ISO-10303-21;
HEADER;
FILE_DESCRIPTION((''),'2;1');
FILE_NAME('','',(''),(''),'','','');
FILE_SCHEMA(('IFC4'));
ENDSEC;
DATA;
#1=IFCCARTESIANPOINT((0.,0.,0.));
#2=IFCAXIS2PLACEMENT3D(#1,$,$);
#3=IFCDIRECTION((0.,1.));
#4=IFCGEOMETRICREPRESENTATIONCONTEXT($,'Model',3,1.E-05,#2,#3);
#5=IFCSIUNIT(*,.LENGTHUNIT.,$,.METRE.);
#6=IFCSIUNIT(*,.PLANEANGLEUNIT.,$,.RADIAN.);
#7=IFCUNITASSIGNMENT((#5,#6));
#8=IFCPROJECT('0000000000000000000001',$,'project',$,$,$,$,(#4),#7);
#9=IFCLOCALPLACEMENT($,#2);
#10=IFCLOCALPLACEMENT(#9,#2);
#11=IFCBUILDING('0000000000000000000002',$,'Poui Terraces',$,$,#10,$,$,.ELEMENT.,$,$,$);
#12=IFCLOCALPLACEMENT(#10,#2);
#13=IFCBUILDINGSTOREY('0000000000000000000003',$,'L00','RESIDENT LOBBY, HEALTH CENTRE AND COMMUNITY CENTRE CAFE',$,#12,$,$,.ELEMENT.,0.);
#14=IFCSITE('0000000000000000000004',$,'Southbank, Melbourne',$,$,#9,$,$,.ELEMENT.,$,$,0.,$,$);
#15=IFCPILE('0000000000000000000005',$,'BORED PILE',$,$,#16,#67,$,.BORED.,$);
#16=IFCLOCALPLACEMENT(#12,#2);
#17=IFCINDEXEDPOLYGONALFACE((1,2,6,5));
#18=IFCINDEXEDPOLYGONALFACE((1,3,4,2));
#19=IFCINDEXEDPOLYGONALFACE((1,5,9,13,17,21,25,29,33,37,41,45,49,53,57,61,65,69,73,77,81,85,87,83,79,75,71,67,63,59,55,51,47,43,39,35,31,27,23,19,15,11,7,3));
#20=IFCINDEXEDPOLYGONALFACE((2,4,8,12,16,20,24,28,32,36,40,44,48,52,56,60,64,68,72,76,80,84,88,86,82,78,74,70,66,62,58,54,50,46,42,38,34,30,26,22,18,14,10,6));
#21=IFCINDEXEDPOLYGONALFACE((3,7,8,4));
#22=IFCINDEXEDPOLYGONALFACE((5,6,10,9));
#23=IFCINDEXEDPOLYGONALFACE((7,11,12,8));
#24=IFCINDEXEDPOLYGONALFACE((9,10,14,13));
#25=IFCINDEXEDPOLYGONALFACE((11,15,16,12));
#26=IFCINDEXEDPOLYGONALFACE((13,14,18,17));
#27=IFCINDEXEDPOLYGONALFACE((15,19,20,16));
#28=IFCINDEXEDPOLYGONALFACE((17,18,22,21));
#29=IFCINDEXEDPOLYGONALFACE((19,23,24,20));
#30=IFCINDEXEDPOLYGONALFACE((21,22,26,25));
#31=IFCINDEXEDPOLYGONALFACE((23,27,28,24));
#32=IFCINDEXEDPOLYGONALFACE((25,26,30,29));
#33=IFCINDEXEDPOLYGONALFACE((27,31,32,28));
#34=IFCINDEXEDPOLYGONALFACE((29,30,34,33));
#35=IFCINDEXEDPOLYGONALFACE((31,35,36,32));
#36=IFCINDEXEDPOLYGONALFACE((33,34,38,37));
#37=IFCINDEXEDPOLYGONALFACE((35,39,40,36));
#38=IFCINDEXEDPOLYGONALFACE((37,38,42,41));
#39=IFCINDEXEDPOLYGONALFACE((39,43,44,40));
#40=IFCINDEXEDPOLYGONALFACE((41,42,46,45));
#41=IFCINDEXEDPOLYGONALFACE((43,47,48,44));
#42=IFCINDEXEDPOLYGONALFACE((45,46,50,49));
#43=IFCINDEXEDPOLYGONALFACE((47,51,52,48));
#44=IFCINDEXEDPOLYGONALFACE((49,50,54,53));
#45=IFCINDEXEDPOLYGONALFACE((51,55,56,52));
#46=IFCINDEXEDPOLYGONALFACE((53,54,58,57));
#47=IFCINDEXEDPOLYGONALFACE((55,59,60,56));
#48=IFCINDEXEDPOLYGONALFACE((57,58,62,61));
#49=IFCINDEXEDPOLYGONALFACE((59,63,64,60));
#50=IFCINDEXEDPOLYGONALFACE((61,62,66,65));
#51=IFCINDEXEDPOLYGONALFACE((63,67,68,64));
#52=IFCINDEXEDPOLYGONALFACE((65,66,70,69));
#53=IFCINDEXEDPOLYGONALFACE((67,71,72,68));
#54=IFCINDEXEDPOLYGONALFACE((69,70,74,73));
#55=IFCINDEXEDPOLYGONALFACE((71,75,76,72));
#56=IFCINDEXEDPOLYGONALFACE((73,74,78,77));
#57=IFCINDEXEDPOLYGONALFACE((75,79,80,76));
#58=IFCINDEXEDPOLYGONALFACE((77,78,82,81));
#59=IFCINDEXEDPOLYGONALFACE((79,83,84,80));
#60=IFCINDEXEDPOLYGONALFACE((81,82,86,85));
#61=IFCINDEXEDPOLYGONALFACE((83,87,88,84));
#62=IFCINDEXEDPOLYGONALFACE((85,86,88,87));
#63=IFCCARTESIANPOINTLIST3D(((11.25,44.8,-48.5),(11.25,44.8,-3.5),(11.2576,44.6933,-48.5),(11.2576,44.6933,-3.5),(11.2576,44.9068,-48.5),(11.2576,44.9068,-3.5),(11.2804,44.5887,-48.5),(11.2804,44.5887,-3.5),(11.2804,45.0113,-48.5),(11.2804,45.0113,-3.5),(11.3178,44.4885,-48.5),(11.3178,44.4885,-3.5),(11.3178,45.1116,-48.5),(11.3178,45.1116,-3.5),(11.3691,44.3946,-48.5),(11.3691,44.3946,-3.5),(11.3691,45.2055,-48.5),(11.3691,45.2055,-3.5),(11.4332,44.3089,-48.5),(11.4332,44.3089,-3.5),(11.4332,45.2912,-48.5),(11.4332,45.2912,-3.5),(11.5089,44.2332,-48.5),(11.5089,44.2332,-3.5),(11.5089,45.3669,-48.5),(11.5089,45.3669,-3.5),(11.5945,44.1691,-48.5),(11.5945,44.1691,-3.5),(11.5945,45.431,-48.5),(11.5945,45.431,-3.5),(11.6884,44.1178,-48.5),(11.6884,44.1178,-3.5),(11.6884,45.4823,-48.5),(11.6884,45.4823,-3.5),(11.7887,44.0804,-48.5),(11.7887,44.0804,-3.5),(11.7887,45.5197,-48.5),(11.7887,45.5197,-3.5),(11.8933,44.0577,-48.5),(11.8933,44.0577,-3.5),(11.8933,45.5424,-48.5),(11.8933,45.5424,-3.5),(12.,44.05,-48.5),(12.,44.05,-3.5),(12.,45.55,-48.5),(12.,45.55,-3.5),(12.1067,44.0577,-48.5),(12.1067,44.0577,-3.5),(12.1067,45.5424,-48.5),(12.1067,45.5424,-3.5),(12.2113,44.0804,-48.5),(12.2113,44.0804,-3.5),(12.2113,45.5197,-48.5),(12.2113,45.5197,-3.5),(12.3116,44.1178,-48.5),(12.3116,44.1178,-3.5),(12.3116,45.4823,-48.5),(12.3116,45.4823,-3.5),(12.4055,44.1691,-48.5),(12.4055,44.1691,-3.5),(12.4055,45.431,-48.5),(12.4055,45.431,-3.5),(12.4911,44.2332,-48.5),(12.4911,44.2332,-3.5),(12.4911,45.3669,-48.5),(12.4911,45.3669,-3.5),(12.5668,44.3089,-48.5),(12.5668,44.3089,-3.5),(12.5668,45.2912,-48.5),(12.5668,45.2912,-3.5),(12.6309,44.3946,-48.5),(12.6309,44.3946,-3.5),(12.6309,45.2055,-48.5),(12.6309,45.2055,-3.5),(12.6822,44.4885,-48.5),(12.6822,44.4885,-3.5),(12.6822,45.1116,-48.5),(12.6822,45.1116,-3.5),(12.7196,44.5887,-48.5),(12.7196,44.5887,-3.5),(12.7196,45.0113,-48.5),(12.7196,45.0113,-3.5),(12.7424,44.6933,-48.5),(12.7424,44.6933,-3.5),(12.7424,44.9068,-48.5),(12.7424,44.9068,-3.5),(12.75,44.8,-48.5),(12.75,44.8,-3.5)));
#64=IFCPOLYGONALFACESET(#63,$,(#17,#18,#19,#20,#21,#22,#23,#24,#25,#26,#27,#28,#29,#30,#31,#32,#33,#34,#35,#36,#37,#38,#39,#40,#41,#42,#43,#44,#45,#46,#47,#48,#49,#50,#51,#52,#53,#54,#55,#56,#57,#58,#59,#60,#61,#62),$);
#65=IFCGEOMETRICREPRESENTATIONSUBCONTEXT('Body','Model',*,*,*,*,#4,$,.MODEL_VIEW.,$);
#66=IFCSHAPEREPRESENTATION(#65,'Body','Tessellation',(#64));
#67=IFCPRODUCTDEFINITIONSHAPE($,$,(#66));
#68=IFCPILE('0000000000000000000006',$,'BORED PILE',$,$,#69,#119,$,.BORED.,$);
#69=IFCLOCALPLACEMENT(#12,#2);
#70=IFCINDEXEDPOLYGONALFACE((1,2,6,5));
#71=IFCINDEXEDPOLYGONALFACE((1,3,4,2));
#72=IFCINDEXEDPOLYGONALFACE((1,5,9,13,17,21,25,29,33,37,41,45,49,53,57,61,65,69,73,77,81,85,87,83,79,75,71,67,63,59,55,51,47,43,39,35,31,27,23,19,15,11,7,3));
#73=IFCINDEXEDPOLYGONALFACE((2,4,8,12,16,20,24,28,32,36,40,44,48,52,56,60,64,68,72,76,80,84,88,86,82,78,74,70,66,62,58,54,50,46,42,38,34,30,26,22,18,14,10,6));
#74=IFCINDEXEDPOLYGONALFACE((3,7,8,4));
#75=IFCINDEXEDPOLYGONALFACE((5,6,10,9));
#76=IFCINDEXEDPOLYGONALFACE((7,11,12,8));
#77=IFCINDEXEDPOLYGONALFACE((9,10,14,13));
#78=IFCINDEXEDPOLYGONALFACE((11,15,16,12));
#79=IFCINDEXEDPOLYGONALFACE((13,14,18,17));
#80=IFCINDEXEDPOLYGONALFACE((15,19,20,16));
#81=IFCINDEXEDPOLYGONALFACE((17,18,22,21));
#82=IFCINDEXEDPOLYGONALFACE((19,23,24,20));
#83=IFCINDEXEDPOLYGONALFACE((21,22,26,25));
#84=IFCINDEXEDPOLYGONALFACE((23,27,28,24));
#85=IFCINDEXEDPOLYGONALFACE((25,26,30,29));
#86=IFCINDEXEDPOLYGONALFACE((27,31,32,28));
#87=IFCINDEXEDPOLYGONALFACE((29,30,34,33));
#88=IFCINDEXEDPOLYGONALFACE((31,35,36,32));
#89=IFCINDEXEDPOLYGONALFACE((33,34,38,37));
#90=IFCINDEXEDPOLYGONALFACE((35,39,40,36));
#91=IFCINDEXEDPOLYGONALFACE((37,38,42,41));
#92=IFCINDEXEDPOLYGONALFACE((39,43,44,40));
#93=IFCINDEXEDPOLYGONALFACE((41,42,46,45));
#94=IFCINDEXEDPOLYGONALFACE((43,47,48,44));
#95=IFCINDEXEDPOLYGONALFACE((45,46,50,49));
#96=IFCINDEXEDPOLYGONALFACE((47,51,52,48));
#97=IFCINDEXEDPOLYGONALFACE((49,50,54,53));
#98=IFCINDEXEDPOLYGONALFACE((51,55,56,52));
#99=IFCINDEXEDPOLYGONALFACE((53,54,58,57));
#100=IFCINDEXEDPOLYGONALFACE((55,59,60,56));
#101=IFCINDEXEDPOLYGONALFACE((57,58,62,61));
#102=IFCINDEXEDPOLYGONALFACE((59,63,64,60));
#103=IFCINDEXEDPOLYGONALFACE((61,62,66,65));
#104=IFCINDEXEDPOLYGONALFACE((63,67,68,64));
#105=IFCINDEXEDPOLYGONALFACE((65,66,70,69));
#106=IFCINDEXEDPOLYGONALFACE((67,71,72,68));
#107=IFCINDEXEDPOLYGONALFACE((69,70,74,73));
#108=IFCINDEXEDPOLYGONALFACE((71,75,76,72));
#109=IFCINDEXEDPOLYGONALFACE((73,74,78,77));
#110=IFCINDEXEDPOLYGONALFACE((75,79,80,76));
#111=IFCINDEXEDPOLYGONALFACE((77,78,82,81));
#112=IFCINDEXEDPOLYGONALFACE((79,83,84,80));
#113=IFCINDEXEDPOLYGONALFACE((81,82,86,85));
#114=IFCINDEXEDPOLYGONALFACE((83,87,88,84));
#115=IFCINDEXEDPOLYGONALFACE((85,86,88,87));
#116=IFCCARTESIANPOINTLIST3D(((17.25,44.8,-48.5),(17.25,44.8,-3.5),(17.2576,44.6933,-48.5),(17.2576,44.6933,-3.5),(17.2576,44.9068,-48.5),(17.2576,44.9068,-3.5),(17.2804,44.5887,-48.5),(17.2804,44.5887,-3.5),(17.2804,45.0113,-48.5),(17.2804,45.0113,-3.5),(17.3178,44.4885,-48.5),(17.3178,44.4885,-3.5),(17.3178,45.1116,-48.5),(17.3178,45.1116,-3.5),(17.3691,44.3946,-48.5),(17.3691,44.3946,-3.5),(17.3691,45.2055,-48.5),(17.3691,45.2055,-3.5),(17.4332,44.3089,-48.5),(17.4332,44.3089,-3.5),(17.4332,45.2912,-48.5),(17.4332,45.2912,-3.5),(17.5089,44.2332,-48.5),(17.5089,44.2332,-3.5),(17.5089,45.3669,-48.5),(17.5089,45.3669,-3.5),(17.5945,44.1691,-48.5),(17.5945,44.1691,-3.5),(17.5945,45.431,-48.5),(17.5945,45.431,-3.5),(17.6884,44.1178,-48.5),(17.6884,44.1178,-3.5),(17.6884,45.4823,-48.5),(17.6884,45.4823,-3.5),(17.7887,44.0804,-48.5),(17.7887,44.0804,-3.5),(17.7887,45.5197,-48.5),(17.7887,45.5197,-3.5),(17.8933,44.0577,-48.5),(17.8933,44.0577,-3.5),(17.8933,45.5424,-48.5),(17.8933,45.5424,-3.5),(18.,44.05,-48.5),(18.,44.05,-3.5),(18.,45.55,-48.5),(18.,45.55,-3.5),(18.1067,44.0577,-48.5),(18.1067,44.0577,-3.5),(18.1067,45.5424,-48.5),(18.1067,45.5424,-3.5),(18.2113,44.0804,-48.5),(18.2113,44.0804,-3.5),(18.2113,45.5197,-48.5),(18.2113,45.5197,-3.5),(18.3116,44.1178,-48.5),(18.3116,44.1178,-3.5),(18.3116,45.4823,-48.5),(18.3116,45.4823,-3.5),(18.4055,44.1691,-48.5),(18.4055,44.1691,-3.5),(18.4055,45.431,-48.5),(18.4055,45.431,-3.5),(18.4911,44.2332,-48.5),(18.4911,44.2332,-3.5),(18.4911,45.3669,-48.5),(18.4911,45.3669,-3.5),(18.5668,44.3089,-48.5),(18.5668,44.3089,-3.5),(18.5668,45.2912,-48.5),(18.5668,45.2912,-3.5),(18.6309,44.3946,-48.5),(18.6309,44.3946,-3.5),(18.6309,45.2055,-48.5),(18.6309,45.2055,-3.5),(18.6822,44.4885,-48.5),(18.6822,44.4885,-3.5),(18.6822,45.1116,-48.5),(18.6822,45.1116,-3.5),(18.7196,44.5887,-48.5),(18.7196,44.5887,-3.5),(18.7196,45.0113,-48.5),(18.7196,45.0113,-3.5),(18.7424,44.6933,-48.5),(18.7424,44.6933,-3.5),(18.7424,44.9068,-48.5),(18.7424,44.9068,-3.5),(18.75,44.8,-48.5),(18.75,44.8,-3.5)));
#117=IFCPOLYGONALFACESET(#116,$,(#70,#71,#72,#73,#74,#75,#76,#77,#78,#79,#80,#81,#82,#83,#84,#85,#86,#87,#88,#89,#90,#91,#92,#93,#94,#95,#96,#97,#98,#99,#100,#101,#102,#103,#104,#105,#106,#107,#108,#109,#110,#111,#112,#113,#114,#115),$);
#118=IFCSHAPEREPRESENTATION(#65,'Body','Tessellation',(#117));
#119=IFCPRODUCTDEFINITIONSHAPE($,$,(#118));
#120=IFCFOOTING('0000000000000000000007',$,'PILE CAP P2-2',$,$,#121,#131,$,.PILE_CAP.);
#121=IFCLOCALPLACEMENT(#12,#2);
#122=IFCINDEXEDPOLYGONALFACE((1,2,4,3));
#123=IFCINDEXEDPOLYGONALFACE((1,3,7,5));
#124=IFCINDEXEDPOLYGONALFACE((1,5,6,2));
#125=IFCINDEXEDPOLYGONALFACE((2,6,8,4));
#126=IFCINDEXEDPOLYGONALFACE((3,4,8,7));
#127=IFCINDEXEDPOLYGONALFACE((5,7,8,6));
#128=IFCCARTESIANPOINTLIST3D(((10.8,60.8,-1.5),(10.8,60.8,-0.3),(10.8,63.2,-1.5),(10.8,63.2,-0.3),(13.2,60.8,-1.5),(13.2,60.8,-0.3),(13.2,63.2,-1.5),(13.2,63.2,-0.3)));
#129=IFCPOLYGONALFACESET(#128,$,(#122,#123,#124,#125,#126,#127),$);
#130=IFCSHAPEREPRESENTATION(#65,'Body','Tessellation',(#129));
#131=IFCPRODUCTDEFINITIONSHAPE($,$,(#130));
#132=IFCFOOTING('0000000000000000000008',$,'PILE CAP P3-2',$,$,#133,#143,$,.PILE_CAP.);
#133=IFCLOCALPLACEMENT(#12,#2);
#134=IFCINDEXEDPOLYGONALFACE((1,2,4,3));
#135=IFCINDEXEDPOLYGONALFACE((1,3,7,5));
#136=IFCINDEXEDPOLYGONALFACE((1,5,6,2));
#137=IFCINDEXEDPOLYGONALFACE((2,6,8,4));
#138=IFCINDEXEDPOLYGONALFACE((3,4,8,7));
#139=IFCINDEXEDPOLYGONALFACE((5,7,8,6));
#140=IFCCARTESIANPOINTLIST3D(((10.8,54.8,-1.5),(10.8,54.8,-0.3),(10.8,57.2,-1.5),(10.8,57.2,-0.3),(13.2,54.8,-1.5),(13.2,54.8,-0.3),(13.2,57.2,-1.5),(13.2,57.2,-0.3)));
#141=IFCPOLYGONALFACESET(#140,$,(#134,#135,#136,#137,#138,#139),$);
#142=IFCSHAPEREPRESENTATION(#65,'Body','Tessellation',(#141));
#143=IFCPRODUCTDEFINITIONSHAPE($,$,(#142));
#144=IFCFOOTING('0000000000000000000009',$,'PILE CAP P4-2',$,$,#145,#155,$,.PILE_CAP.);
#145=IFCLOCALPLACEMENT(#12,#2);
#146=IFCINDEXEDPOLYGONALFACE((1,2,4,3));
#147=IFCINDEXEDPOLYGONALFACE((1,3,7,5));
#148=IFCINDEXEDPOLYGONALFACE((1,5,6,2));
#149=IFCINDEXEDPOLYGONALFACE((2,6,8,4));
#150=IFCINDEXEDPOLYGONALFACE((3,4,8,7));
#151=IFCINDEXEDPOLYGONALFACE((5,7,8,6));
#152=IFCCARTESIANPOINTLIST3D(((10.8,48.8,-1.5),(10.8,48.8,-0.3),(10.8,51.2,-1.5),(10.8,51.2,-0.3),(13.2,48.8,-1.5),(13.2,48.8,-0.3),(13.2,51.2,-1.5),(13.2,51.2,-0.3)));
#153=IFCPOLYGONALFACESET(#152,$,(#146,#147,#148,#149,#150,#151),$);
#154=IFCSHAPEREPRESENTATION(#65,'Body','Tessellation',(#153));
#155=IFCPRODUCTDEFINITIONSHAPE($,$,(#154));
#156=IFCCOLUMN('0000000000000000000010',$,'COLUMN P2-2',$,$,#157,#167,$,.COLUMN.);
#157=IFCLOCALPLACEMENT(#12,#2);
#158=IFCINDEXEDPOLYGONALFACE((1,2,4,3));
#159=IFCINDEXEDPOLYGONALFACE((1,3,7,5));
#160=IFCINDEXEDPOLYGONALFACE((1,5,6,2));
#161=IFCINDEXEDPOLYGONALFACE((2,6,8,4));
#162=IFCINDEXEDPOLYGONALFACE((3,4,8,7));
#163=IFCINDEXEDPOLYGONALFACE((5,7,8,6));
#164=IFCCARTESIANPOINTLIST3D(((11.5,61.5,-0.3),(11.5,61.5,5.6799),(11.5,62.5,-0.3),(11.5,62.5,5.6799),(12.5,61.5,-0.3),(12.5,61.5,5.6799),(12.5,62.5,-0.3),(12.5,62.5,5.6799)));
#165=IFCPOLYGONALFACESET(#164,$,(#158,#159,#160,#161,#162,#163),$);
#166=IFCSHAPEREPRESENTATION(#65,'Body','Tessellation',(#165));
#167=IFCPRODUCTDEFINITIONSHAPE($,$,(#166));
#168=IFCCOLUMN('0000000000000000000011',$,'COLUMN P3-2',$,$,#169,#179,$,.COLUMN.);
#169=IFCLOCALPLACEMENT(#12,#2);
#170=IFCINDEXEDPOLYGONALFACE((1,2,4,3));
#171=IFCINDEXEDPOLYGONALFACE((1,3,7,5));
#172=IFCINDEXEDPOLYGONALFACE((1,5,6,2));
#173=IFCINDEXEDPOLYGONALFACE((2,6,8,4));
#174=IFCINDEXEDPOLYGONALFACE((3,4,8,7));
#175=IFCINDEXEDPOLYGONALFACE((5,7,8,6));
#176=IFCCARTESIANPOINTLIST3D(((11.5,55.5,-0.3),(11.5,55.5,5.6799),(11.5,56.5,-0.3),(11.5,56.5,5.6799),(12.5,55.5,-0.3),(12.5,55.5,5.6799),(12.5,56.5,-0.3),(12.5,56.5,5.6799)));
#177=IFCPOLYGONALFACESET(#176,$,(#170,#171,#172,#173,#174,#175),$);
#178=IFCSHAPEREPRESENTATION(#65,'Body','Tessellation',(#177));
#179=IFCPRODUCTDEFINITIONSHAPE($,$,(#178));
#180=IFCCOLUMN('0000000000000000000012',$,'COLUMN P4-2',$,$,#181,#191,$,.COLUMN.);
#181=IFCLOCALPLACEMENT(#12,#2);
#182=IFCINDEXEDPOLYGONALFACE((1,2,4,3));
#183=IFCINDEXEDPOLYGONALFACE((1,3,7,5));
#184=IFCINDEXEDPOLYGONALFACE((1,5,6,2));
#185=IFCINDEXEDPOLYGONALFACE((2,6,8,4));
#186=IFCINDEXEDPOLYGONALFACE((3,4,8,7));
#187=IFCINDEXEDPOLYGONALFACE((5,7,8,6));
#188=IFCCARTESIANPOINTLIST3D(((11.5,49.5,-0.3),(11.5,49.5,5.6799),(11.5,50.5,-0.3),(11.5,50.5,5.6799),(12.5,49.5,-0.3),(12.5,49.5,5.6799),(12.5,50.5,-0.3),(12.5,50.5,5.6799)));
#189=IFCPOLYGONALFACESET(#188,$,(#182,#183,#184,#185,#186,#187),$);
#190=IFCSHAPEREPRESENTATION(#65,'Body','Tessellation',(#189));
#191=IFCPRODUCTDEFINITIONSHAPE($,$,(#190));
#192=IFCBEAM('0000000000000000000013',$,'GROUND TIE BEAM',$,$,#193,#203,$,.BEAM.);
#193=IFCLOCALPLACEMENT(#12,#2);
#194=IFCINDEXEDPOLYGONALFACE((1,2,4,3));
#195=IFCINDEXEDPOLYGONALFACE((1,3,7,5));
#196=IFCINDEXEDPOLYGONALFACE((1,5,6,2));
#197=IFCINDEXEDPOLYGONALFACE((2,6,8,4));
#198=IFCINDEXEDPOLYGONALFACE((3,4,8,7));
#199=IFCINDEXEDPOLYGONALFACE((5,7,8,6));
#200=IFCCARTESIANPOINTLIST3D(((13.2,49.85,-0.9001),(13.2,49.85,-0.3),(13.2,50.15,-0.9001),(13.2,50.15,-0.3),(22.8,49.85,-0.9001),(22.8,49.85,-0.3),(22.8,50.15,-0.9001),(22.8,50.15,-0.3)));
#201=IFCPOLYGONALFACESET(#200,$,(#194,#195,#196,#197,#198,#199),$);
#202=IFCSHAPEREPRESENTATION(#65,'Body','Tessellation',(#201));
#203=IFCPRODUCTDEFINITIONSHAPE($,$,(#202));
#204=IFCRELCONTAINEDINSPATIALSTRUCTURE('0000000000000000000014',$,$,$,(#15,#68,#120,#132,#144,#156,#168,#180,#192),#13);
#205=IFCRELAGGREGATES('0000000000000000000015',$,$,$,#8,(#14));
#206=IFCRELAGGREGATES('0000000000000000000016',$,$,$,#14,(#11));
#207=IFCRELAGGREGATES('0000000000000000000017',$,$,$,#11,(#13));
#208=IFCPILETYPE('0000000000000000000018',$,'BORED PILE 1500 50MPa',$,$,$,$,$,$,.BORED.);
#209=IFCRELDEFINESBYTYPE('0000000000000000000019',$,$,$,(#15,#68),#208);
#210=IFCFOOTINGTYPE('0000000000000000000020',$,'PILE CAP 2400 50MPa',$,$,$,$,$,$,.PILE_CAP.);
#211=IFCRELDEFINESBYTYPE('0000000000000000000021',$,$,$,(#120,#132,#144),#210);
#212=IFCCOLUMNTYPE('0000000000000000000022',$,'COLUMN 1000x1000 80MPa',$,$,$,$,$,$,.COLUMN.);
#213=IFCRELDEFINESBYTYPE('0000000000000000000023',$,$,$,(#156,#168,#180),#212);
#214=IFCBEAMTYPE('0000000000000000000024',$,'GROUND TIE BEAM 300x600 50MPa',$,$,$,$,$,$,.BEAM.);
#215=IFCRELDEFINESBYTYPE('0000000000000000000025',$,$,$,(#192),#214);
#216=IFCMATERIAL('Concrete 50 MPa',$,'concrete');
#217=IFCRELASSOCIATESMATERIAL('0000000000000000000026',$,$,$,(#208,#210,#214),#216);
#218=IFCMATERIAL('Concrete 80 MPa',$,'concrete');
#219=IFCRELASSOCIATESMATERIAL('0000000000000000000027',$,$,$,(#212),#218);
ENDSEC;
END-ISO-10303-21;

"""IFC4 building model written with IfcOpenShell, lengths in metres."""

from ifc_helpers import new_model, si_unit, direction, frame, origin, origin_2d, place, context, subcontext, project, spatial, rectangle, circle, extrude, source, transform, mapped, material, material_profile, profile_set, type_object, element, save


model = new_model("IFC4")

# Units and contexts
model_context = context("Model", 3, precision=1e-05, world=origin(), true_north=direction((0.0, 1.0)))
body_context = subcontext(model_context, "Body", "Model", "MODEL_VIEW")
ifc_project = project(units=[si_unit("LENGTHUNIT", "METRE"), si_unit("PLANEANGLEUNIT", "RADIAN")], contexts=[model_context])

# Site, building, storey
site_placement = place(None, origin())
site = spatial("IfcSite", under=ifc_project, at=site_placement, Name="Southbank, Melbourne", CompositionType="ELEMENT", RefElevation=0.0)
building_placement = place(site_placement, origin())
building = spatial("IfcBuilding", under=site, at=building_placement, Name="Poui Terraces", CompositionType="ELEMENT")
storey_placement = place(building_placement, origin())
storey = spatial("IfcBuildingStorey", under=building, at=storey_placement, Name="L00", Description="RESIDENT LOBBY, HEALTH CENTRE AND COMMUNITY CENTRE CAFE", CompositionType="ELEMENT", Elevation=0.0)

# Piles
ifc_material_1 = material(Name="Concrete 50 MPa", Category="concrete")
ifc_material_profile_1 = material_profile(ifc_material_1, circle(Radius=0.75, at=origin_2d()), Name="RC D1500")
ifc_profile_set_1 = profile_set([ifc_material_profile_1], Name="Concrete 50 MPa")
pile_type_1 = type_object("IfcPileType", Name="BORED PILE 1500 50MPa", PredefinedType="BORED", material=ifc_profile_set_1)
for number, where, z_axis, x_axis, name in (
    (1, (12.0, 44.8, -3.5), (0.0, 0.0, -1.0), (1.0, 0.0, 0.0), "BORED PILE"),
    (2, (18.0, 44.8, -3.5), (0.0, 0.0, -1.0), (1.0, 0.0, 0.0), "BORED PILE"),
):
    element("IfcPile", number, at=place(storey_placement, frame(where, z_axis=z_axis, x_axis=x_axis)), inside=storey, type_object=pile_type_1, Name=name, PredefinedType="BORED", context=body_context, shape_type="SweptSolid", body=[
        extrude(circle(Radius=0.75, at=origin_2d()), origin(), (0.0, 0.0, 1.0), 45.0),
    ])

# Footings
footing_type = type_object("IfcFootingType", Name="PILE CAP 2400 50MPa", PredefinedType="PILE_CAP", material=ifc_material_1)
shared_shape_1 = source(origin(), body_context, "Body", "SweptSolid", [
    extrude(rectangle(XDim=2.3999, YDim=2.3999, at=origin_2d()), origin(), (0.0, 0.0, 1.0), 1.2),
])
for number, where, z_axis, x_axis, name in (
    (3, (12.0, 62.0, -1.5), (0.0, 0.0, 1.0), (1.0, 0.0, 0.0), "PILE CAP P2-2"),
    (4, (12.0, 56.0, -1.5), (0.0, 0.0, 1.0), (1.0, 0.0, 0.0), "PILE CAP P3-2"),
    (5, (12.0, 50.0, -1.5), (0.0, 0.0, 1.0), (1.0, 0.0, 0.0), "PILE CAP P4-2"),
):
    element("IfcFooting", number, at=place(storey_placement, frame(where, z_axis=z_axis, x_axis=x_axis)), inside=storey, type_object=footing_type, Name=name, PredefinedType="PILE_CAP", context=body_context, shape_type="MappedRepresentation", body=[
        mapped(shared_shape_1, transform((0.0, 0.0, 0.0))),
    ])

# Columns
ifc_material_2 = material(Name="Concrete 80 MPa", Category="concrete")
ifc_material_profile_2 = material_profile(ifc_material_2, rectangle(XDim=1.0, YDim=1.0, at=origin_2d()), Name="RC 1000x1000")
ifc_profile_set_2 = profile_set([ifc_material_profile_2], Name="Concrete 80 MPa")
column_type = type_object("IfcColumnType", Name="COLUMN 1000x1000 80MPa", PredefinedType="COLUMN", material=ifc_profile_set_2)
shared_shape_2 = source(origin(), body_context, "Body", "SweptSolid", [
    extrude(rectangle(XDim=1.0, YDim=1.0, at=origin_2d()), origin(), (0.0, 0.0, 1.0), 5.98),
])
for number, where, z_axis, x_axis, name in (
    (6, (12.0, 62.0, -0.3), (0.0, 0.0, 1.0), (1.0, 0.0, 0.0), "COLUMN P2-2"),
    (7, (12.0, 56.0, -0.3), (0.0, 0.0, 1.0), (1.0, 0.0, 0.0), "COLUMN P3-2"),
    (8, (12.0, 50.0, -0.3), (0.0, 0.0, 1.0), (1.0, 0.0, 0.0), "COLUMN P4-2"),
):
    element("IfcColumn", number, at=place(storey_placement, frame(where, z_axis=z_axis, x_axis=x_axis)), inside=storey, type_object=column_type, Name=name, PredefinedType="COLUMN", context=body_context, shape_type="MappedRepresentation", body=[
        mapped(shared_shape_2, transform((0.0, 0.0, 0.0))),
    ])

# Beam
ifc_material_profile_3 = material_profile(ifc_material_1, rectangle(XDim=0.3, YDim=0.6001, at=origin_2d()), Name="RC 300x600")
ifc_profile_set_3 = profile_set([ifc_material_profile_3], Name="Concrete 50 MPa")
beam_type_1 = type_object("IfcBeamType", Name="GROUND TIE BEAM 300x600 50MPa", PredefinedType="BEAM", material=ifc_profile_set_3)
shared_shape_3 = source(origin(), body_context, "Body", "SweptSolid", [
    extrude(rectangle(XDim=0.3, YDim=0.6001, at=origin_2d()), origin(), (0.0, 0.0, 1.0), 9.6001),
])
for number, where, z_axis, x_axis, name in (
    (9, (13.2, 50.0, -0.6001), (1.0, 0.0, 0.0), (0.0, 1.0, 0.0), "GROUND TIE BEAM"),
):
    element("IfcBeam", number, at=place(storey_placement, frame(where, z_axis=z_axis, x_axis=x_axis)), inside=storey, type_object=beam_type_1, Name=name, PredefinedType="BEAM", context=body_context, shape_type="MappedRepresentation", body=[
        mapped(shared_shape_3, transform((0.0, 0.0, 0.0))),
    ])

save(model, "model.ifc")
